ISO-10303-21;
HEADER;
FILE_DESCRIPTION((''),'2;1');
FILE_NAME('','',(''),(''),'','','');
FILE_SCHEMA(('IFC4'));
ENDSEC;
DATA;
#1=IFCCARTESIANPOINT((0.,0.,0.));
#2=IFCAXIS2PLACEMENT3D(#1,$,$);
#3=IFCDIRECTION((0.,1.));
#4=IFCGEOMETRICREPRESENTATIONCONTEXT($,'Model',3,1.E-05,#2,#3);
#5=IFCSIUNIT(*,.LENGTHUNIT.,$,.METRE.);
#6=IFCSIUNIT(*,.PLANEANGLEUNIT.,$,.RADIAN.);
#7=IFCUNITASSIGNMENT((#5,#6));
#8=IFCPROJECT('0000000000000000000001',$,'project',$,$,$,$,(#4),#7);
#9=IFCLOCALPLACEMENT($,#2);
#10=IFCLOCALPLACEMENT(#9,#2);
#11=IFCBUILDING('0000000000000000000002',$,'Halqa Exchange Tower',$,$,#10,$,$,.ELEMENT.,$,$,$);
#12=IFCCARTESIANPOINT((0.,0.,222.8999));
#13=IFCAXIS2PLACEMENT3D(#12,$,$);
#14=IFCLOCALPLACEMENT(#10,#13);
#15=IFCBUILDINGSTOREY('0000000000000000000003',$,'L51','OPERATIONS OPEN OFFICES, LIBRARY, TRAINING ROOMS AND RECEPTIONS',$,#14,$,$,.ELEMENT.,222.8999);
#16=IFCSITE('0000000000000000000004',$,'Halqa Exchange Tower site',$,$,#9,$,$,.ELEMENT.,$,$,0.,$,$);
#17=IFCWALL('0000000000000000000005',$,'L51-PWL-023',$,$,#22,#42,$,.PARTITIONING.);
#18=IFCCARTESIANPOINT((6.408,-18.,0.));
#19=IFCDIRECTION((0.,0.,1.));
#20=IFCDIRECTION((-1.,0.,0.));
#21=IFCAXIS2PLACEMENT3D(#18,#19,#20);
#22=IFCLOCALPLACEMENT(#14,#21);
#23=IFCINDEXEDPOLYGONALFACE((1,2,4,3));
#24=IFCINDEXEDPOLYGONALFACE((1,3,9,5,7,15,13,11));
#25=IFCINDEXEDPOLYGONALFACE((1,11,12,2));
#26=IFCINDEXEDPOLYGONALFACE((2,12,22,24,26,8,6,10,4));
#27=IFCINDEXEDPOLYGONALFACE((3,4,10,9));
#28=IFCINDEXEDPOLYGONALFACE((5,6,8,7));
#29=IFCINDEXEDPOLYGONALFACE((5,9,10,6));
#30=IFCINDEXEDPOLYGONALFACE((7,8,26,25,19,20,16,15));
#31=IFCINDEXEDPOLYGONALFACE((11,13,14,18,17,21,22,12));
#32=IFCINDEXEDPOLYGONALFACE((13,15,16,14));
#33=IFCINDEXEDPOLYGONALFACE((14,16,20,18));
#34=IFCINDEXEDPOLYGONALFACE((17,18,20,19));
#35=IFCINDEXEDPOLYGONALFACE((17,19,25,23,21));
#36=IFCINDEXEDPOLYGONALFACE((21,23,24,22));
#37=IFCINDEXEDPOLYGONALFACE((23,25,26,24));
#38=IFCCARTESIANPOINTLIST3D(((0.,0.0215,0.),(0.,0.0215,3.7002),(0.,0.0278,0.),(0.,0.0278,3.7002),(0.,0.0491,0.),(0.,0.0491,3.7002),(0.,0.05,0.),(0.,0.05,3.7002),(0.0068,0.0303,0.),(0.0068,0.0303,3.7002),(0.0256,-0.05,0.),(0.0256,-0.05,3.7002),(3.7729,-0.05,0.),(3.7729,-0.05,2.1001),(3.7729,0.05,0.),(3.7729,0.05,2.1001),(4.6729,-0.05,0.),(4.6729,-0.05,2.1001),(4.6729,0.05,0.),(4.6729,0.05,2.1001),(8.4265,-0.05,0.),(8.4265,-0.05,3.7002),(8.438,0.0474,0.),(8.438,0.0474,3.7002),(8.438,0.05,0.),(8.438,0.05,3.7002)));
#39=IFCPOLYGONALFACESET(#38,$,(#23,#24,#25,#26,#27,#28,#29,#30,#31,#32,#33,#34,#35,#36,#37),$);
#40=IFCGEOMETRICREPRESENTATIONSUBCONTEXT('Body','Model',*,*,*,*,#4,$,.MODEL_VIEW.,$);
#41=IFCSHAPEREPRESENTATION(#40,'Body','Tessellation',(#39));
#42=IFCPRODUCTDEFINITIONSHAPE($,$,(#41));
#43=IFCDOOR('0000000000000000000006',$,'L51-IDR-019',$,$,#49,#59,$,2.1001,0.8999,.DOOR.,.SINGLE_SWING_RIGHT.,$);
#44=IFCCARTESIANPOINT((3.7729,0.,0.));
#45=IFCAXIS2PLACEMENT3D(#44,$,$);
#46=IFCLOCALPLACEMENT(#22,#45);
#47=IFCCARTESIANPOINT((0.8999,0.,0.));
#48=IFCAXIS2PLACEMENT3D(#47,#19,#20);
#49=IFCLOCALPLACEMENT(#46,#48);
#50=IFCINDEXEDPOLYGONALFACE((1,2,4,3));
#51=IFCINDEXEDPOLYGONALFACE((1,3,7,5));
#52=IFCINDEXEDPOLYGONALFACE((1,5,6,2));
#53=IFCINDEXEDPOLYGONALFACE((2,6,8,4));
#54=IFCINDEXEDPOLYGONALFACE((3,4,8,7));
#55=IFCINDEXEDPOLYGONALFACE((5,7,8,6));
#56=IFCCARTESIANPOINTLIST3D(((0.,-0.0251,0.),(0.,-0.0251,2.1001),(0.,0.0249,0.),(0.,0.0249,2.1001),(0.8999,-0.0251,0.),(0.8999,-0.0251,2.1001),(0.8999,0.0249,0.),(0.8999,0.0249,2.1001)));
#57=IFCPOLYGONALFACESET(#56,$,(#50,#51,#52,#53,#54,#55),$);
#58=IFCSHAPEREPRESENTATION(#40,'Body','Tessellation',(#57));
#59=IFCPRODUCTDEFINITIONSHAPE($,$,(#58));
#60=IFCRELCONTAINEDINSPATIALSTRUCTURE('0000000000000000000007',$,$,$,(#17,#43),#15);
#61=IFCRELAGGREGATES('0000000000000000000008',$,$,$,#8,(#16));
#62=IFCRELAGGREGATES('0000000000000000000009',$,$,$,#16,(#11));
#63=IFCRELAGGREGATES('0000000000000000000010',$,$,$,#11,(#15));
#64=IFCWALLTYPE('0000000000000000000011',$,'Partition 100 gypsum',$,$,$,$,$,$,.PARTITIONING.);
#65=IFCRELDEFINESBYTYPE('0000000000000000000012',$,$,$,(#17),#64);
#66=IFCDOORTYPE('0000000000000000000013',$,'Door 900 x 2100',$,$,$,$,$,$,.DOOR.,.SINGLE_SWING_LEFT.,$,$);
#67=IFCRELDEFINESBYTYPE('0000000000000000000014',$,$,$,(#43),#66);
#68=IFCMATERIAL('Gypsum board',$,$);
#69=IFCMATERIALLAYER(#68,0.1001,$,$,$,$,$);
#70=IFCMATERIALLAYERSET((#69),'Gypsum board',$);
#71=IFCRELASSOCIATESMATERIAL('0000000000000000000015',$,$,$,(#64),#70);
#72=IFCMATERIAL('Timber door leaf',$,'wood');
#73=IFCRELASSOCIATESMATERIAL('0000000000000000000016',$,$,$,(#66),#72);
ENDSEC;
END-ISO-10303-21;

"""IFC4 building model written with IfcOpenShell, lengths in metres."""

from ifc_helpers import new_model, si_unit, direction, frame, frame_2d, origin, place, context, subcontext, project, spatial, polyline, rectangle, outline, extrude, material, layer, layer_set, type_object, element, fill, save


model = new_model("IFC4")

# Units and contexts
model_context = context("Model", 3, precision=1e-05, world=origin(), true_north=direction((0.0, 1.0)))
body_context = subcontext(model_context, "Body", "Model", "MODEL_VIEW")
ifc_project = project(units=[si_unit("LENGTHUNIT", "METRE"), si_unit("PLANEANGLEUNIT", "RADIAN")], contexts=[model_context])

# Site, building, storey
site_placement = place(None, origin())
site = spatial("IfcSite", under=ifc_project, at=site_placement, Name="Halqa Exchange Tower site", CompositionType="ELEMENT", RefElevation=0.0)
building_placement = place(site_placement, origin())
building = spatial("IfcBuilding", under=site, at=building_placement, Name="Halqa Exchange Tower", CompositionType="ELEMENT")
storey_placement = place(building_placement, frame((0.0, 0.0, 222.8999)))
storey = spatial("IfcBuildingStorey", under=building, at=storey_placement, Name="L51", Description="OPERATIONS OPEN OFFICES, LIBRARY, TRAINING ROOMS AND RECEPTIONS", CompositionType="ELEMENT", Elevation=222.8999)

# Wall, opening, door
ifc_material_1 = material(Name="Gypsum board")
ifc_layer_1 = layer(ifc_material_1, 0.1001)
ifc_layer_set_1 = layer_set([ifc_layer_1], Name="Gypsum board")
wall_type_1 = type_object("IfcWallType", Name="Partition 100 gypsum", PredefinedType="PARTITIONING", material=ifc_layer_set_1)
wall_1_placement = place(storey_placement, frame((6.408, -18.0, 0.0), z_axis=(0.0, 0.0, 1.0), x_axis=(-1.0, 0.0, 0.0)))
wall_1 = element("IfcWall", 1, at=wall_1_placement, inside=storey, type_object=wall_type_1, Name="L51-PWL-023", PredefinedType="PARTITIONING", context=body_context, shape_type="SweptSolid", body=[
    extrude(outline(polyline([(0.0256, -0.05), (1.7058, -0.05), (3.386, -0.05), (5.0662, -0.05), (6.7463, -0.05), (8.4265, -0.05), (8.438, 0.0474), (8.438, 0.05), (6.7505, 0.05), (5.0627, 0.05), (3.3752, 0.05), (1.6875, 0.05), (0.0, 0.05), (0.0, 0.0491), (0.0068, 0.0303), (0.0, 0.0278), (0.0, 0.0215), (0.0256, -0.05)])), origin(), (0.0, 0.0, 1.0), 3.7002),
])
opening_1_placement = place(wall_1_placement, frame((3.7729, 0.0, 0.0)))
opening_1 = element("IfcOpeningElement", 2, at=opening_1_placement, cuts=wall_1, PredefinedType="OPENING", context=body_context, shape_type="SweptSolid", body=[
    extrude(rectangle(XDim=0.8999, YDim=2.1001, at=frame_2d((0.45, 1.05))), frame((0.0, 0.062, 0.0), z_axis=(0.0, -1.0, 0.0), x_axis=(1.0, 0.0, 0.0)), (0.0, 0.0, 1.0), 0.124),
])
ifc_material_2 = material(Name="Timber door leaf", Category="wood")
door_type = type_object("IfcDoorType", Name="Door 900 x 2100", OperationType="SINGLE_SWING_LEFT", PredefinedType="DOOR", material=ifc_material_2)
door_placement = place(opening_1_placement, frame((0.8999, 0.0, 0.0), z_axis=(0.0, 0.0, 1.0), x_axis=(-1.0, 0.0, 0.0)))
door = element("IfcDoor", 3, at=door_placement, inside=storey, type_object=door_type, Name="L51-IDR-019", OperationType="SINGLE_SWING_RIGHT", OverallHeight=2.1001, OverallWidth=0.8999, PredefinedType="DOOR", context=body_context, shape_type="SweptSolid", body=[
    extrude(rectangle(XDim=0.8999, YDim=2.1001, at=frame_2d((0.45, 1.05))), frame((0.0, 0.0249, 0.0), z_axis=(0.0, -1.0, 0.0), x_axis=(1.0, 0.0, 0.0)), (0.0, 0.0, 1.0), 0.05),
])
fill(opening_1, door)

save(model, "model.ifc")
